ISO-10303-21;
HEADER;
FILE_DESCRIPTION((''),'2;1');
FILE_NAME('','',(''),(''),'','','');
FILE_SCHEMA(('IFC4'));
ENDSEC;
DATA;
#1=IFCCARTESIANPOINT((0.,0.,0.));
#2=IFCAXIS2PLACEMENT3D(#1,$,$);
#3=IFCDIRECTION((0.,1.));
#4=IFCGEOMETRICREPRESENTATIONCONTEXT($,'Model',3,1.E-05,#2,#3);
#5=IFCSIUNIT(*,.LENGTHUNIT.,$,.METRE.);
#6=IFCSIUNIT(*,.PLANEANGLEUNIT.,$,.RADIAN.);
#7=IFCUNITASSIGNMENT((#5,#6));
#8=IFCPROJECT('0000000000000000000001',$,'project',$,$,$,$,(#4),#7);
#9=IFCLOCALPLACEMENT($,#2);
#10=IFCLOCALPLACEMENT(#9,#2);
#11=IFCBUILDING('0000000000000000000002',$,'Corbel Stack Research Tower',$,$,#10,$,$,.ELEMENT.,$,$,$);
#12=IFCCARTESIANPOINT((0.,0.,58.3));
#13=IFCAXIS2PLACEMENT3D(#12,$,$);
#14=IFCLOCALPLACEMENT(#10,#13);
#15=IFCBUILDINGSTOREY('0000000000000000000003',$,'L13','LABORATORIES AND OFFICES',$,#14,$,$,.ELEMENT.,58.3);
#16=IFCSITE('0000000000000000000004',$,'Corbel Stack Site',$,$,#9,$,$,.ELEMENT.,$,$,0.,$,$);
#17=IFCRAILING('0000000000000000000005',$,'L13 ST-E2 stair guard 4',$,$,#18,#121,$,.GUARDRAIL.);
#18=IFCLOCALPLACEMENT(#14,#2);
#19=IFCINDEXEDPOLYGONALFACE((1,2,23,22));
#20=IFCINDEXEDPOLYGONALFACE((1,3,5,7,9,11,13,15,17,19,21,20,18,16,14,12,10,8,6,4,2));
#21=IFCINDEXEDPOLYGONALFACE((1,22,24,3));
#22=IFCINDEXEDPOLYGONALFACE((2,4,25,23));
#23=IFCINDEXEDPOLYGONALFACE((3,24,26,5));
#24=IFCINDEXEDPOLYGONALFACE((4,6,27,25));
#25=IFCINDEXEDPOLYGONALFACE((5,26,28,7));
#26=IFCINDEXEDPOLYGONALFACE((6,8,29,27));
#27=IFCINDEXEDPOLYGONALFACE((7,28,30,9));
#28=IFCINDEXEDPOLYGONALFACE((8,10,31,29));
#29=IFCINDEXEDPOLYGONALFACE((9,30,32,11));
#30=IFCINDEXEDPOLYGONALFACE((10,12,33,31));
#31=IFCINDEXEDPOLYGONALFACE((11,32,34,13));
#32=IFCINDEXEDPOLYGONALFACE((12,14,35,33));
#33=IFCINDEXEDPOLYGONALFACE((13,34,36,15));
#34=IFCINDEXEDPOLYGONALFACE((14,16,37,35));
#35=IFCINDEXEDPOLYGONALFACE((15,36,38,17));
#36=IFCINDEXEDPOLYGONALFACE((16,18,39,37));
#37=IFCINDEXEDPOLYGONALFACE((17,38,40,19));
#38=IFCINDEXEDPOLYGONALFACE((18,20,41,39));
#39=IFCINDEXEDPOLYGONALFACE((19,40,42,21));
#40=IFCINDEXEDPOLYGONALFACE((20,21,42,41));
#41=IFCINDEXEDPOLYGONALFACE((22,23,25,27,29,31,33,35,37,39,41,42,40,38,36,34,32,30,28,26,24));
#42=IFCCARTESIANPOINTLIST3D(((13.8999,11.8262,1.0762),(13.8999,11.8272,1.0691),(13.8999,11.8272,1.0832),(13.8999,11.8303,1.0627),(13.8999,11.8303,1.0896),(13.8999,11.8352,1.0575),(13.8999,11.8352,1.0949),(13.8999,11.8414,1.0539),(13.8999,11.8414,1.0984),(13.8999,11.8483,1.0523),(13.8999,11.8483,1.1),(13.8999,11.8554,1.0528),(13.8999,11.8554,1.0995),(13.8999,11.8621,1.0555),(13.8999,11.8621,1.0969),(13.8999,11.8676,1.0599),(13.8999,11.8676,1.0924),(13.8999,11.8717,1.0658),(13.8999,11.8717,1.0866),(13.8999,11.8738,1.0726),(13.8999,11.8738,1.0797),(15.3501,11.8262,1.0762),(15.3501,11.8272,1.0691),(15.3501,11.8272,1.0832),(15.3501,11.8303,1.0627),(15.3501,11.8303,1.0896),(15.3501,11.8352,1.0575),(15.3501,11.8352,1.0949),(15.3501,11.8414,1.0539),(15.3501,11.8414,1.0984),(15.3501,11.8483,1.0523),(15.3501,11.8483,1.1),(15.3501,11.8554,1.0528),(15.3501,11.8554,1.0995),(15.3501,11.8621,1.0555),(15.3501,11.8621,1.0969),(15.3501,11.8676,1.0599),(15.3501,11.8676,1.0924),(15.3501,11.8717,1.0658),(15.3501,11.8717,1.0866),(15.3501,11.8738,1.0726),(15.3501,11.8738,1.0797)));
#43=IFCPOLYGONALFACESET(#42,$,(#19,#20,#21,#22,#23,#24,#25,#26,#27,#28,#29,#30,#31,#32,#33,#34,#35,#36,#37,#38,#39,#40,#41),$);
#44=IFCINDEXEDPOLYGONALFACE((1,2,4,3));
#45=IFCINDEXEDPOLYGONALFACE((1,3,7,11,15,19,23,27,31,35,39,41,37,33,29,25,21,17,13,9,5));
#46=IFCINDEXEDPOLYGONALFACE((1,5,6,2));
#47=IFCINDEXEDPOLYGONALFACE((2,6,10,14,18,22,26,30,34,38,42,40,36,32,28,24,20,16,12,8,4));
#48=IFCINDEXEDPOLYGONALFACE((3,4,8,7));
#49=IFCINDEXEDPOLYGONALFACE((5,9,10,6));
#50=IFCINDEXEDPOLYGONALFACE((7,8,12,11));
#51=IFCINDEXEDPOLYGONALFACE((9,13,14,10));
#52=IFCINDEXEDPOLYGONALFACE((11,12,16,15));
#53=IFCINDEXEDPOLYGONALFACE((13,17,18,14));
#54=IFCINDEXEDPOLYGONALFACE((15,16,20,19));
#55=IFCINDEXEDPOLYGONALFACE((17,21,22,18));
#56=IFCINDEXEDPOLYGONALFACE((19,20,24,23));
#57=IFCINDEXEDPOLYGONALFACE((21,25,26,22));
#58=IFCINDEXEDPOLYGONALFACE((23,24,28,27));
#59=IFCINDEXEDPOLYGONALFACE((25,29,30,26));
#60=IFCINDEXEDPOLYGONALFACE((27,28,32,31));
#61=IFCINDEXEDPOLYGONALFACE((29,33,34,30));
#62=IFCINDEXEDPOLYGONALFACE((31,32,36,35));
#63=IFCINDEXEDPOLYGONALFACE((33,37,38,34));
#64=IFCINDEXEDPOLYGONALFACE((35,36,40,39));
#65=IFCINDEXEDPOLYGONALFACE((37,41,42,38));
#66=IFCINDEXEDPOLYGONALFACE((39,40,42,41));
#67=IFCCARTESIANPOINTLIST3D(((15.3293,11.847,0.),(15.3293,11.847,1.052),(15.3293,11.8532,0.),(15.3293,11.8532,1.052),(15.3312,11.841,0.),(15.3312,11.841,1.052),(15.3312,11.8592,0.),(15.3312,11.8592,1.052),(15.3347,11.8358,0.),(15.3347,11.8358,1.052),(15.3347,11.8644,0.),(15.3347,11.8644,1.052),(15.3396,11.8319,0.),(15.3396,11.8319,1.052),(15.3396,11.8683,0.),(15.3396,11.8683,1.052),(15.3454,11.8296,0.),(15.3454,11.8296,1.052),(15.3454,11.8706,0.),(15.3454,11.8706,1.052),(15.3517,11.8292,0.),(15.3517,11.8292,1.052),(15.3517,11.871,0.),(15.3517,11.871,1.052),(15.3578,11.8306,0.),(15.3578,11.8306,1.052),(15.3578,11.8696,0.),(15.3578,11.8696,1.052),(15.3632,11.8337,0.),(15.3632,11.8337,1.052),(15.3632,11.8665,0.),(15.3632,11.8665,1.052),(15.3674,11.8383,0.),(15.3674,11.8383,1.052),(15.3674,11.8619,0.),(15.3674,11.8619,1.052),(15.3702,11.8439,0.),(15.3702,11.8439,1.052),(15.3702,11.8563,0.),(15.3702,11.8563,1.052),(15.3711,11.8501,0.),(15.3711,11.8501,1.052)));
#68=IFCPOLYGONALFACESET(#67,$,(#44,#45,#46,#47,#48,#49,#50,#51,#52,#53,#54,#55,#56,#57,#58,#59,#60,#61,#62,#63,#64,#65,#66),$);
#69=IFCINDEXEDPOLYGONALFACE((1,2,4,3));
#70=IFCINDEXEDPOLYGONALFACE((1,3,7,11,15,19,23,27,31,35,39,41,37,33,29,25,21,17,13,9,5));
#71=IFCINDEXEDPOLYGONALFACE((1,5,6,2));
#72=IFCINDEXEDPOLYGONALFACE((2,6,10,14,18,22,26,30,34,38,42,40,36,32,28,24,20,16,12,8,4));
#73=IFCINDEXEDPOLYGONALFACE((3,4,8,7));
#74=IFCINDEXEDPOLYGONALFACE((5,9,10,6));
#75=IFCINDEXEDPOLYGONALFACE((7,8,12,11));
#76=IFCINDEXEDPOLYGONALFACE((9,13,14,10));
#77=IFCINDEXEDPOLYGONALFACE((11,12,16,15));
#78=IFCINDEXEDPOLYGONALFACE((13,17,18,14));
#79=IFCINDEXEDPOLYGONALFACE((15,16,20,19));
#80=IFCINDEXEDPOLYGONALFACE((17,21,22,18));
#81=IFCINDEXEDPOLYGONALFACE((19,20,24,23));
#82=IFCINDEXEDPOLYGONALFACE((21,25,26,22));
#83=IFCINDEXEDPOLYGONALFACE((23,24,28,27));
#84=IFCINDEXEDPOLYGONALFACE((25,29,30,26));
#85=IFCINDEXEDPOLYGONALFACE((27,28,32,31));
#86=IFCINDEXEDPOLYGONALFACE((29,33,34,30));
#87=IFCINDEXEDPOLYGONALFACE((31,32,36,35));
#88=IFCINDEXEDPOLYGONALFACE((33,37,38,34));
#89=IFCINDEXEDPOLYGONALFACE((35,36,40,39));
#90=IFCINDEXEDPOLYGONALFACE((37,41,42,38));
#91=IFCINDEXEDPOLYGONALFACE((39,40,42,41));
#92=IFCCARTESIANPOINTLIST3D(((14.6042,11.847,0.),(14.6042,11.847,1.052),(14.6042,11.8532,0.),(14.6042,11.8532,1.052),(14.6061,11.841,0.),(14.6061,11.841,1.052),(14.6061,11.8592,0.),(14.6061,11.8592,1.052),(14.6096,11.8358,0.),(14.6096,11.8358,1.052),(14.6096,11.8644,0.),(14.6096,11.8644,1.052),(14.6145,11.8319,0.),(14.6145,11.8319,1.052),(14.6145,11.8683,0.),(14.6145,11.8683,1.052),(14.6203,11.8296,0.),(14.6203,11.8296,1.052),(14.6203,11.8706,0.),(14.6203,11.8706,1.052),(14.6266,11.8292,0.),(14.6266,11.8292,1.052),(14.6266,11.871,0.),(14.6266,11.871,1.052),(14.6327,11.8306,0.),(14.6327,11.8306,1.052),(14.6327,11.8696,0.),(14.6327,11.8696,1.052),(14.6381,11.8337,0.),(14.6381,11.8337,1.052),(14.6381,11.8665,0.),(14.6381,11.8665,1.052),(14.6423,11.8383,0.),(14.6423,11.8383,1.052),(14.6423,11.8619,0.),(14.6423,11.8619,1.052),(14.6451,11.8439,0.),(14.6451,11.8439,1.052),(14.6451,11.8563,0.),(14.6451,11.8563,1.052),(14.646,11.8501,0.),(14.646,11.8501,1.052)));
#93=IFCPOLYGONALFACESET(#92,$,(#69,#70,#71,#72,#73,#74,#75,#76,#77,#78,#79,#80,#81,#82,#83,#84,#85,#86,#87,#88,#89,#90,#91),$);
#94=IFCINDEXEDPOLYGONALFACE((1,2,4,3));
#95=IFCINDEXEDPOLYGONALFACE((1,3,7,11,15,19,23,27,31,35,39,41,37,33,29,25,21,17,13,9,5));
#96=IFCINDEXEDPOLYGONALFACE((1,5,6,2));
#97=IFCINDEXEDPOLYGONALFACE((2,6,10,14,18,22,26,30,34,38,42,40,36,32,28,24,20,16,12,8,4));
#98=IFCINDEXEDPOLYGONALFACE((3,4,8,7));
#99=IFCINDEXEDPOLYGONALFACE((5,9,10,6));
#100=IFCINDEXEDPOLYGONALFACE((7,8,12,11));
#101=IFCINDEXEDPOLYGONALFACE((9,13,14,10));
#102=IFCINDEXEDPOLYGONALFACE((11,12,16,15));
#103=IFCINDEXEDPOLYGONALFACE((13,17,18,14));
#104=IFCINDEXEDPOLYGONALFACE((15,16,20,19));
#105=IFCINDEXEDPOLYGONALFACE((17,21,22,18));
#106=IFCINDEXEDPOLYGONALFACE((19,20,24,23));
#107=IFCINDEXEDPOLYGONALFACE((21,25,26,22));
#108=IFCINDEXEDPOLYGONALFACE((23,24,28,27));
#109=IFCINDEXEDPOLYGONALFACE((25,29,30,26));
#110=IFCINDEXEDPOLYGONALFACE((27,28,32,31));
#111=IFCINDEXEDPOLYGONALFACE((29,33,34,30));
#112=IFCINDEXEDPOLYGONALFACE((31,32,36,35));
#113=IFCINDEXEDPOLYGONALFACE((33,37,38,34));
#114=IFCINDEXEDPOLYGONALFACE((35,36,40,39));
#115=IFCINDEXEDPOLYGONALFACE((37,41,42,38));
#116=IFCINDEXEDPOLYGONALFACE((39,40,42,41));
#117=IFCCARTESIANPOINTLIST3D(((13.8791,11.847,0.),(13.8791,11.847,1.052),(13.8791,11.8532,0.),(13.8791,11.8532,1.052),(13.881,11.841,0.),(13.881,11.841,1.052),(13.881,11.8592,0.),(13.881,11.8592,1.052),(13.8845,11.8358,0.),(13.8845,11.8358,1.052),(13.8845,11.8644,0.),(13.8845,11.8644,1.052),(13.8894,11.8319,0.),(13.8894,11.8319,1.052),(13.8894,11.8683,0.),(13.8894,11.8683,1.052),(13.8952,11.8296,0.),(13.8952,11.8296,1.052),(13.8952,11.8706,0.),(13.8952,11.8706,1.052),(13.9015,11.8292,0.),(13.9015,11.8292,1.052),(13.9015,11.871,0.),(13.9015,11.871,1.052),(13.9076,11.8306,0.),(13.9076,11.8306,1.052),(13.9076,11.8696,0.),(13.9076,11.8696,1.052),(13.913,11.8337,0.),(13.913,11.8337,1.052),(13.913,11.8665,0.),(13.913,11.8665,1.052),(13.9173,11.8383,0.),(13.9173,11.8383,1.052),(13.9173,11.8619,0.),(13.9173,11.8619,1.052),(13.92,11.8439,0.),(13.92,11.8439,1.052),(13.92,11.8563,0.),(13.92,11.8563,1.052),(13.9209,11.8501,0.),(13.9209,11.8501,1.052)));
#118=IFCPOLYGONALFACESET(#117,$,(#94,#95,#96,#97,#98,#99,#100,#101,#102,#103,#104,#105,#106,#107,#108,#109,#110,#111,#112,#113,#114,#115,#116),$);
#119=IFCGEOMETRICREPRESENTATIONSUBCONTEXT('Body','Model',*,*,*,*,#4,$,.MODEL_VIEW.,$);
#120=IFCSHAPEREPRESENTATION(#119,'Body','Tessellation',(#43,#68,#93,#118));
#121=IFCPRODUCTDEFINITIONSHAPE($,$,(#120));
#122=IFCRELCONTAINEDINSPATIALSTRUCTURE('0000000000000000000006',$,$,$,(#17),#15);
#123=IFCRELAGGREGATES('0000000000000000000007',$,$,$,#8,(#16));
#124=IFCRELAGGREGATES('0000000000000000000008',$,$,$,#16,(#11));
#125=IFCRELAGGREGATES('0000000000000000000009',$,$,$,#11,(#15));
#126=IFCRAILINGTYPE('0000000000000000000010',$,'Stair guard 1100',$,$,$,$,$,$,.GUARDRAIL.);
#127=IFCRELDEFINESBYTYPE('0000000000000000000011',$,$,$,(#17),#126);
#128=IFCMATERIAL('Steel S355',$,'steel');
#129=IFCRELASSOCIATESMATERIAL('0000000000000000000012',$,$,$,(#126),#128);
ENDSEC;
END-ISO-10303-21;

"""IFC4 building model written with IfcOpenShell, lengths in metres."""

from ifc_helpers import new_model, si_unit, direction, frame, origin, origin_2d, place, context, subcontext, project, spatial, circle, extrude, material, type_object, element, save


model = new_model("IFC4")

# Units and contexts
model_context = context("Model", 3, precision=1e-05, world=origin(), true_north=direction((0.0, 1.0)))
body_context = subcontext(model_context, "Body", "Model", "MODEL_VIEW")
ifc_project = project(units=[si_unit("LENGTHUNIT", "METRE"), si_unit("PLANEANGLEUNIT", "RADIAN")], contexts=[model_context])

# Site, building, storey
site_placement = place(None, origin())
site = spatial("IfcSite", under=ifc_project, at=site_placement, Name="Corbel Stack Site", CompositionType="ELEMENT", RefElevation=0.0)
building_placement = place(site_placement, origin())
building = spatial("IfcBuilding", under=site, at=building_placement, Name="Corbel Stack Research Tower", CompositionType="ELEMENT")
storey_placement = place(building_placement, frame((0.0, 0.0, 58.3)))
storey = spatial("IfcBuildingStorey", under=building, at=storey_placement, Name="L13", Description="LABORATORIES AND OFFICES", CompositionType="ELEMENT", Elevation=58.3)

# Railing
ifc_material_1 = material(Name="Steel S355", Category="steel")
railing_type_1 = type_object("IfcRailingType", Name="Stair guard 1100", PredefinedType="GUARDRAIL", material=ifc_material_1)
railing_1_placement = place(storey_placement, frame((15.3501, 11.8501, 0.0)))
element("IfcRailing", 1, at=railing_1_placement, inside=storey, type_object=railing_type_1, Name="L13 ST-E2 stair guard 4", PredefinedType="GUARDRAIL", context=body_context, shape_type="SweptSolid", body=[
    extrude(circle(Radius=0.0239, at=origin_2d()), frame((0.0, 0.0, 1.0762), z_axis=(-1.0, 0.0, 0.0), x_axis=(0.0, -1.0, 0.0)), (0.0, 0.0, 1.0), 1.4502),
    extrude(circle(Radius=0.021, at=origin_2d()), origin(), (0.0, 0.0, 1.0), 1.052),
    extrude(circle(Radius=0.021, at=origin_2d()), frame((-0.7251, 0.0, 0.0)), (0.0, 0.0, 1.0), 1.052),
    extrude(circle(Radius=0.021, at=origin_2d()), frame((-1.4502, 0.0, 0.0)), (0.0, 0.0, 1.0), 1.052),
])

save(model, "model.ifc")
